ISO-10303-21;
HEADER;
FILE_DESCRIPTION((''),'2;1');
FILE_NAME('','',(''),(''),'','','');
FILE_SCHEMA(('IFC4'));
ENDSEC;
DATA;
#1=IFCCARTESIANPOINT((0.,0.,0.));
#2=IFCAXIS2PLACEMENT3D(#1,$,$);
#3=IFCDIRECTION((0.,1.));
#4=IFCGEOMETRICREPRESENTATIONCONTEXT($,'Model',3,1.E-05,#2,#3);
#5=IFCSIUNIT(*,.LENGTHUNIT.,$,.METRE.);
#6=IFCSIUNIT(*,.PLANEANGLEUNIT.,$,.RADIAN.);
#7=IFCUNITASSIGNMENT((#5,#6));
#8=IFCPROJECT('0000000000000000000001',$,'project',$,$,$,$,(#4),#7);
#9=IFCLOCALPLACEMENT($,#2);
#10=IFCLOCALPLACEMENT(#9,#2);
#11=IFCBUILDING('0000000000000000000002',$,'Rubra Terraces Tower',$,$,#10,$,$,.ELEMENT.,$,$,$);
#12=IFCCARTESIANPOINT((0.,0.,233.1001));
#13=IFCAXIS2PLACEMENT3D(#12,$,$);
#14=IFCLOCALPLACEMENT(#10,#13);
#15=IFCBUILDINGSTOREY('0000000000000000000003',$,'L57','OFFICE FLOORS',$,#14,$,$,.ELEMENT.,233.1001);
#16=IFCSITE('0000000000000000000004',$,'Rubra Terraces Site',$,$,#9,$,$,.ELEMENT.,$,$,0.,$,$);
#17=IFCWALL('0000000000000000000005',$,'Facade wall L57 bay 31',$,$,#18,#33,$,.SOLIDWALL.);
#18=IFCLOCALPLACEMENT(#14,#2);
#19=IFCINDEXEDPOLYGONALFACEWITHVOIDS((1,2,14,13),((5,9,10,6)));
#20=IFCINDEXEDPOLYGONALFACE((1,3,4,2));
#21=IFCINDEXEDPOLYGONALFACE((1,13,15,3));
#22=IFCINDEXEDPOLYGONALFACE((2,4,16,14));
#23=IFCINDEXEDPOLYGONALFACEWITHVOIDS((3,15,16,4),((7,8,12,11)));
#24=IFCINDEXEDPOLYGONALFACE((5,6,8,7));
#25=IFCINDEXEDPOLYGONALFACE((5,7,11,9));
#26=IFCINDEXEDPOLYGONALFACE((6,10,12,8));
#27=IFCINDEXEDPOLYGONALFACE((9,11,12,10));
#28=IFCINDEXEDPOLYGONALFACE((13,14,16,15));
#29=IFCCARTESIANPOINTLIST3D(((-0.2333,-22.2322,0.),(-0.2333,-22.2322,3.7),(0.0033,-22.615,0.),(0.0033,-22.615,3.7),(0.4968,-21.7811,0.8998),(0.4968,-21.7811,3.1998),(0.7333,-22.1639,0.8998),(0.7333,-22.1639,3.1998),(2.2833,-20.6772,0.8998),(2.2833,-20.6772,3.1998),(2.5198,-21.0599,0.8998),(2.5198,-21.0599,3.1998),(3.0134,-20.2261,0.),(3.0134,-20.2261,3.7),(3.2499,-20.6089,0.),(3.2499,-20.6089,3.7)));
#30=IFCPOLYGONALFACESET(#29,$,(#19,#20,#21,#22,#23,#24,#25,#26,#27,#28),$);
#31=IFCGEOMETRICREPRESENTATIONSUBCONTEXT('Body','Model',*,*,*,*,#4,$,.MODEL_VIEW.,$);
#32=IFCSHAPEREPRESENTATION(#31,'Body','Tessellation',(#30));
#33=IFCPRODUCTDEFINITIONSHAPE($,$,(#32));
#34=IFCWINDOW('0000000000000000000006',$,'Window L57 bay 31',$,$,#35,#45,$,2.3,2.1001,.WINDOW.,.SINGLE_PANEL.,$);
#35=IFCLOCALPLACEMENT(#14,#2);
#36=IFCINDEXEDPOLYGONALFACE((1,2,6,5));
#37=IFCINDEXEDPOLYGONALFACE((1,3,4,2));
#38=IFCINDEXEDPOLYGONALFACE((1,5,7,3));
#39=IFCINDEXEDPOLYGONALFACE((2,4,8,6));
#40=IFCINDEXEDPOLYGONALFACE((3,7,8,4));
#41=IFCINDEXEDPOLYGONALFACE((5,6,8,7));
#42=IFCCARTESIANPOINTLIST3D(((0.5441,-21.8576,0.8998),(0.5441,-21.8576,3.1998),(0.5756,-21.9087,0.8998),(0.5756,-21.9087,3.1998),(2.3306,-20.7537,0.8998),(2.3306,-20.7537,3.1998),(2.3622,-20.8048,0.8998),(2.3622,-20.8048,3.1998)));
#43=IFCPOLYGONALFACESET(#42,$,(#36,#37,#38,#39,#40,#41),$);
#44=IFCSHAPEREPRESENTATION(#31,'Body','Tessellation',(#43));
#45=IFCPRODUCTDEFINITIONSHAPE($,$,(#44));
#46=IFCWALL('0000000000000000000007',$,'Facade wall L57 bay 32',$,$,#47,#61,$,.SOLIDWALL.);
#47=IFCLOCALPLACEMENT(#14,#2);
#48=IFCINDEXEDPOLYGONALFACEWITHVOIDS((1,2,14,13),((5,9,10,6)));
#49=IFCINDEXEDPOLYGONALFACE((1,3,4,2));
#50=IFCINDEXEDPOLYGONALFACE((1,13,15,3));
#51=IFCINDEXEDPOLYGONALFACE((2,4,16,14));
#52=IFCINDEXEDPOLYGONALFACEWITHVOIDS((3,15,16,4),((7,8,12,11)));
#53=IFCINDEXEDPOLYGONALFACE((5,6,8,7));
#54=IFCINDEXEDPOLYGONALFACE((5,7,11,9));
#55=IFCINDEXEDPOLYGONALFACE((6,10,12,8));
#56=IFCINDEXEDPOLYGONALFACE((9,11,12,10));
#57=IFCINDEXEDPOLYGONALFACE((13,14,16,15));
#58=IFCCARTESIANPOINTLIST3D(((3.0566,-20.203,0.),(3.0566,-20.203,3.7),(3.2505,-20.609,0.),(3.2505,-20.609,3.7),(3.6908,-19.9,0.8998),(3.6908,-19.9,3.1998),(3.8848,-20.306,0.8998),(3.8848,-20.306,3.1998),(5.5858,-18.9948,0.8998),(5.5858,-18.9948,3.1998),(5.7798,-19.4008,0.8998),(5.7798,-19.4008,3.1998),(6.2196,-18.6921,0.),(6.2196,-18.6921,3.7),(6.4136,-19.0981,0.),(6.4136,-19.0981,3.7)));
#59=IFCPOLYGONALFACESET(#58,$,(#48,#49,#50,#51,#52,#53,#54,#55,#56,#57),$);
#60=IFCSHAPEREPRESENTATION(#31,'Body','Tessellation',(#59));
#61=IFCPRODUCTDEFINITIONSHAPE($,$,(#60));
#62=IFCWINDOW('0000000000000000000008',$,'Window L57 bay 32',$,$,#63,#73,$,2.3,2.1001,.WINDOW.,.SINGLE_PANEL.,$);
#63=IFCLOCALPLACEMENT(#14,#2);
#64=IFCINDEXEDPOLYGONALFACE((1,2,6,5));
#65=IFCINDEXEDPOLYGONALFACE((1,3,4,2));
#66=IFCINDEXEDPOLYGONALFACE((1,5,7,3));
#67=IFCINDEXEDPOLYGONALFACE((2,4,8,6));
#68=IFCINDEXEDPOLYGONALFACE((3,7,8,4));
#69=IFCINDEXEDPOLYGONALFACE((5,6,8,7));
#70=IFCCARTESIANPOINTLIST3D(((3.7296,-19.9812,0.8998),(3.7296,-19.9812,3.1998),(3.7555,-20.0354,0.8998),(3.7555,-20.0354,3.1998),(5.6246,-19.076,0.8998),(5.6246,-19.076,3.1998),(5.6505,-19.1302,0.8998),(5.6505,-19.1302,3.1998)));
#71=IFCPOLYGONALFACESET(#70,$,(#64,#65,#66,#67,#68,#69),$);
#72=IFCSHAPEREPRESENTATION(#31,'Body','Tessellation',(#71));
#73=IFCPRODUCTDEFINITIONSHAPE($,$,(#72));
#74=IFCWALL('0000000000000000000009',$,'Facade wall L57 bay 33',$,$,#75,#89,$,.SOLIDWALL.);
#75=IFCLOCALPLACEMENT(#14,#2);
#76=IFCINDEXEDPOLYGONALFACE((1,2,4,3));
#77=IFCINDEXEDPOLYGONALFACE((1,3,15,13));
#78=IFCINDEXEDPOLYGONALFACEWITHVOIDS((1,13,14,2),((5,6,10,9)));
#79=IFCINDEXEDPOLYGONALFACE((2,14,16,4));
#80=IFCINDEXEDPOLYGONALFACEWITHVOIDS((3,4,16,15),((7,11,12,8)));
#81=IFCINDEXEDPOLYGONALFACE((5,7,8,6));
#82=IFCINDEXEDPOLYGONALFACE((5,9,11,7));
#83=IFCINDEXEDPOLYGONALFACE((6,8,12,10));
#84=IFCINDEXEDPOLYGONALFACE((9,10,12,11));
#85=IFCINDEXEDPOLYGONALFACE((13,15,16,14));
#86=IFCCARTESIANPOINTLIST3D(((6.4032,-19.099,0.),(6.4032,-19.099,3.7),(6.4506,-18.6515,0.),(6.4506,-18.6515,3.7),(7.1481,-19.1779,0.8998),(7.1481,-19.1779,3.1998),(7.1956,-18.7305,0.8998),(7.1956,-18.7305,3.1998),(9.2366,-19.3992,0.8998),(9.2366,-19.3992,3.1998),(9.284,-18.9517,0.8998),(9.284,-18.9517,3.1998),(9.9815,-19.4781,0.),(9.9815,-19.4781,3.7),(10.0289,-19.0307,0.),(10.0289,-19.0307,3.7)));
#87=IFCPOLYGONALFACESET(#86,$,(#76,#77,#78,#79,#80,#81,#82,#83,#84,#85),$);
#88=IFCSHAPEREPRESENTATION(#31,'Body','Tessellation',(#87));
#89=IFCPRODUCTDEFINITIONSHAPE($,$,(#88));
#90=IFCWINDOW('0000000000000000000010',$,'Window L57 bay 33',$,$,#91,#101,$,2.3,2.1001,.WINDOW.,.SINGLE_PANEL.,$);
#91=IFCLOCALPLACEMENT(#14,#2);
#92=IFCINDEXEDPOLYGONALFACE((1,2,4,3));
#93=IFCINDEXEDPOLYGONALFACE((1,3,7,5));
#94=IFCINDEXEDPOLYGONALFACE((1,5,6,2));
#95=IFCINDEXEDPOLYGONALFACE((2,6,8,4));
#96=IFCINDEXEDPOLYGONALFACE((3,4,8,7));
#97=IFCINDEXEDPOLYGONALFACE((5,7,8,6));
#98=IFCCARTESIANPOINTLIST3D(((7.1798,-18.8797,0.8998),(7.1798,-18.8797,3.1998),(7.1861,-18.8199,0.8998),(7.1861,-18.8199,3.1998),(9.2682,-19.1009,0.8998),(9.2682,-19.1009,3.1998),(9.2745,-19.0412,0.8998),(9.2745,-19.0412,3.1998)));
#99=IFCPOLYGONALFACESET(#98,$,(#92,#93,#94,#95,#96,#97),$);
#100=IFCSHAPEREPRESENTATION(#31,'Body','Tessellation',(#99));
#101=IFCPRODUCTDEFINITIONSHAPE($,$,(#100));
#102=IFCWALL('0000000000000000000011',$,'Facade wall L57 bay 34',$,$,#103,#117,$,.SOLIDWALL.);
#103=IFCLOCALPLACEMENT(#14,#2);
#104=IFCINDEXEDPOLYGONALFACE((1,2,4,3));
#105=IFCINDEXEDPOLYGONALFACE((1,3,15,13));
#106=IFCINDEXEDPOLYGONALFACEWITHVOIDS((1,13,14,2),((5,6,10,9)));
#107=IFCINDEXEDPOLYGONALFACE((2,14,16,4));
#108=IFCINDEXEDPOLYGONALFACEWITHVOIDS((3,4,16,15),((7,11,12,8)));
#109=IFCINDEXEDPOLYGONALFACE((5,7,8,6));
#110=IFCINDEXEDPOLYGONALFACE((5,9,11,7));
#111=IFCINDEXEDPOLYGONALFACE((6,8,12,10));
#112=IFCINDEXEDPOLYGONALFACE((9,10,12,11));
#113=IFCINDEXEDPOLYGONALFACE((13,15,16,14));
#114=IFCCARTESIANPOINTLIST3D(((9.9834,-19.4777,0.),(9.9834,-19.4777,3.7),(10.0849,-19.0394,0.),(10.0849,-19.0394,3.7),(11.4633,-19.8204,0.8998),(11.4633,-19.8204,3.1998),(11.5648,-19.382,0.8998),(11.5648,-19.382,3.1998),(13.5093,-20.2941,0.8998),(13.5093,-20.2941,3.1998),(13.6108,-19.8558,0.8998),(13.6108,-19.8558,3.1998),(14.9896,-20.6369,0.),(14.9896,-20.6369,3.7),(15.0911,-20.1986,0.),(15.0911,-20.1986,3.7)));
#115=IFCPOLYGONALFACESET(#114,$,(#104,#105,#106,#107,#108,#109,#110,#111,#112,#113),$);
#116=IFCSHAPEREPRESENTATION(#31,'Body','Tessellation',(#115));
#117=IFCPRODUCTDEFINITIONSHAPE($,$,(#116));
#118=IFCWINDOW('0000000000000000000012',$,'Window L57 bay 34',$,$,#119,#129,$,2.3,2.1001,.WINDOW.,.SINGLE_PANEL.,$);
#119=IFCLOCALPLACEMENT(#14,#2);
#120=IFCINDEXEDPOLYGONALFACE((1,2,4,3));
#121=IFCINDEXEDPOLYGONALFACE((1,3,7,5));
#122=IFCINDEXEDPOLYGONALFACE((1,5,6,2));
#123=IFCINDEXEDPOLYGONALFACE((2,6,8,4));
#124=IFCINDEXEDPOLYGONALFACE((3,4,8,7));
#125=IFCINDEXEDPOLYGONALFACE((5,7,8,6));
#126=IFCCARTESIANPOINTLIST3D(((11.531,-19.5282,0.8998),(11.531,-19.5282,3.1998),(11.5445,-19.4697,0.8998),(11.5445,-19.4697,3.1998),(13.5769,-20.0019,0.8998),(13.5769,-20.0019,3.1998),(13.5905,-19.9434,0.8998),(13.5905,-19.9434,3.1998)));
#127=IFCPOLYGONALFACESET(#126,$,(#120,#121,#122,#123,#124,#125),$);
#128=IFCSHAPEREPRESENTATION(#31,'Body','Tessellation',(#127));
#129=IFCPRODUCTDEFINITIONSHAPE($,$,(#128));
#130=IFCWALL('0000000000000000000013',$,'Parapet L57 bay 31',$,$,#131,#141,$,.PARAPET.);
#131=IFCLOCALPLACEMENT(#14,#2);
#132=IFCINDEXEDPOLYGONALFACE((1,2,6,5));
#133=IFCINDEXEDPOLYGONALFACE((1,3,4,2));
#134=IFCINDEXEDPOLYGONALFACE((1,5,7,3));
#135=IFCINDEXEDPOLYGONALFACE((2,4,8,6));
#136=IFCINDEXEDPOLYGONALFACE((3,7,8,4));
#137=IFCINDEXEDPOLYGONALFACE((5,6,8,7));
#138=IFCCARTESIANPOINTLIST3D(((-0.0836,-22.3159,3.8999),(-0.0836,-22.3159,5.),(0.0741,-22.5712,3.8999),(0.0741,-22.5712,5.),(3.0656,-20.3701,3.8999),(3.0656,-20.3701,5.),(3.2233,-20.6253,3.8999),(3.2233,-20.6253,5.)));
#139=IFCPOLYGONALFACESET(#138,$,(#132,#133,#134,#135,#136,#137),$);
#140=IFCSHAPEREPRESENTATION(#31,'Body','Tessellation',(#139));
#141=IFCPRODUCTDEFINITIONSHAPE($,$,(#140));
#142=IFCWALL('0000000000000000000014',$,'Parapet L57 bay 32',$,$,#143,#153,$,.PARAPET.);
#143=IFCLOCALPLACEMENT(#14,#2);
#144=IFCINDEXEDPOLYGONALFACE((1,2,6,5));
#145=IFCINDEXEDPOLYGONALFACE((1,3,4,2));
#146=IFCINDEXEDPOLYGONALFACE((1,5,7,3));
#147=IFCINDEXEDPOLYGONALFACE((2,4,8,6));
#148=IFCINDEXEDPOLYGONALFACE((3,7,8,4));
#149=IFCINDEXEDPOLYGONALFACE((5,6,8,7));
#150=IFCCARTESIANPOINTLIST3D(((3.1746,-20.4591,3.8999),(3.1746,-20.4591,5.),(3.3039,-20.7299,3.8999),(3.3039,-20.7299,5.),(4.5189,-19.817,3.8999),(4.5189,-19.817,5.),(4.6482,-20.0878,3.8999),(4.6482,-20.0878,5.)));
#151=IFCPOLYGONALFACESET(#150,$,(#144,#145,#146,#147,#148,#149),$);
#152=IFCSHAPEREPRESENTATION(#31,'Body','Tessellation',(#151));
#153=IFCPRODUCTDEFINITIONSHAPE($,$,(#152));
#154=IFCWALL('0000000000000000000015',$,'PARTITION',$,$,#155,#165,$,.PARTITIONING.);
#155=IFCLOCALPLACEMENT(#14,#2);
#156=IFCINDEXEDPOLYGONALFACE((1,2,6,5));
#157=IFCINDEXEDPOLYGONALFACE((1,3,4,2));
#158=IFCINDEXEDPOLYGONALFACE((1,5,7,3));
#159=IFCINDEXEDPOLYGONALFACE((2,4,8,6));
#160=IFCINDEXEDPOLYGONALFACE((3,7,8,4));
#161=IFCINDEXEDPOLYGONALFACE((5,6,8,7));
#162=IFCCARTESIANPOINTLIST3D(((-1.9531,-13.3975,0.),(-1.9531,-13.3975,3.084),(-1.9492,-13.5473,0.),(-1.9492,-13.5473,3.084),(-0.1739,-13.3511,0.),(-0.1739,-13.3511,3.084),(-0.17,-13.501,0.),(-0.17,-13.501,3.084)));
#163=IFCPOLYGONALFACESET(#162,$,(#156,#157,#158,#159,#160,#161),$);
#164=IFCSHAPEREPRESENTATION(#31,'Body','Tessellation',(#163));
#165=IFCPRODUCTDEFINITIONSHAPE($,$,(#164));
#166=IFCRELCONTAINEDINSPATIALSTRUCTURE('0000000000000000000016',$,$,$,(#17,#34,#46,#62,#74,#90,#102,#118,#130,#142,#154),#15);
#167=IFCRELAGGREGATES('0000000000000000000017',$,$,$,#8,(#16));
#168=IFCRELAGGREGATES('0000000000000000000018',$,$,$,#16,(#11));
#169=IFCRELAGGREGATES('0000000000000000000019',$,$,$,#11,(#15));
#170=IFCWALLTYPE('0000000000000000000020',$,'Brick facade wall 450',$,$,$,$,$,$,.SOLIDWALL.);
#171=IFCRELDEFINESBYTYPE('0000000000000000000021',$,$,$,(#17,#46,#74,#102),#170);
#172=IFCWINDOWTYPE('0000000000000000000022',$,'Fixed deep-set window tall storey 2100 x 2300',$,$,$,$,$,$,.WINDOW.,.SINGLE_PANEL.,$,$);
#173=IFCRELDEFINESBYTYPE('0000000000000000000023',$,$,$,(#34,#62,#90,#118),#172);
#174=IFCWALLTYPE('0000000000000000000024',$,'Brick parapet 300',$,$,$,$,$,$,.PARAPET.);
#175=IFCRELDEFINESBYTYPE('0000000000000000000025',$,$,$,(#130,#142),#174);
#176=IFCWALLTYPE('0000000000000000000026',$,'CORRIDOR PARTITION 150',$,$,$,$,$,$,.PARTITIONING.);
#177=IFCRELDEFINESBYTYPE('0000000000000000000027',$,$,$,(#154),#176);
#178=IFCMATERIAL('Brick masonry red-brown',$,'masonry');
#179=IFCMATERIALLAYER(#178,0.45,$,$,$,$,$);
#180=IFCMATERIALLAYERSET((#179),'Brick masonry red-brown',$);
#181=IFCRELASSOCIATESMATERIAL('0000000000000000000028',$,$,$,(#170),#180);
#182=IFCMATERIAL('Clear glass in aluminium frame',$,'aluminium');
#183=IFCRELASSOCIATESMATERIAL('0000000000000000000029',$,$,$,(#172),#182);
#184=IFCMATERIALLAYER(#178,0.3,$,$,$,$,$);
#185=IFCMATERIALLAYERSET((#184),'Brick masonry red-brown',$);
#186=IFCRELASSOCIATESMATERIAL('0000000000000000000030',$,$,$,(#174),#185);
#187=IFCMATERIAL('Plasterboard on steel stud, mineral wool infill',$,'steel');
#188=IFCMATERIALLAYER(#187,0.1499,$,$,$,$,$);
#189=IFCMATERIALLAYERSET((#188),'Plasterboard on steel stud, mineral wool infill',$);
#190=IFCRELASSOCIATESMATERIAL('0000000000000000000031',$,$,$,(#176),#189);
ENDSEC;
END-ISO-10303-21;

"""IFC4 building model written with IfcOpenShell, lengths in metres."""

from ifc_helpers import new_model, si_unit, direction, frame, frame_2d, origin, place, context, subcontext, project, spatial, rectangle, extrude, material, layer, layer_set, type_object, element, fill, save


model = new_model("IFC4")

# Units and contexts
model_context = context("Model", 3, precision=1e-05, world=origin(), true_north=direction((0.0, 1.0)))
body_context = subcontext(model_context, "Body", "Model", "MODEL_VIEW")
ifc_project = project(units=[si_unit("LENGTHUNIT", "METRE"), si_unit("PLANEANGLEUNIT", "RADIAN")], contexts=[model_context])

# Site, building, storey
site_placement = place(None, origin())
site = spatial("IfcSite", under=ifc_project, at=site_placement, Name="Rubra Terraces Site", CompositionType="ELEMENT", RefElevation=0.0)
building_placement = place(site_placement, origin())
building = spatial("IfcBuilding", under=site, at=building_placement, Name="Rubra Terraces Tower", CompositionType="ELEMENT")
storey_placement = place(building_placement, frame((0.0, 0.0, 233.1001)))
storey = spatial("IfcBuildingStorey", under=building, at=storey_placement, Name="L57", Description="OFFICE FLOORS", CompositionType="ELEMENT", Elevation=233.1001)

# Walls, openings, windows
ifc_material_1 = material(Name="Brick masonry red-brown", Category="masonry")
ifc_layer_1 = layer(ifc_material_1, 0.45)
ifc_layer_set_1 = layer_set([ifc_layer_1], Name="Brick masonry red-brown")
wall_type_1 = type_object("IfcWallType", Name="Brick facade wall 450", PredefinedType="SOLIDWALL", material=ifc_layer_set_1)
wall_1_placement = place(storey_placement, frame((-0.115, -22.4236, 0.0), z_axis=(0.0, 0.0, 1.0), x_axis=(0.850697, 0.525656, 0.0)))
wall_1 = element("IfcWall", 1, at=wall_1_placement, inside=storey, type_object=wall_type_1, Name="Facade wall L57 bay 31", PredefinedType="SOLIDWALL", context=body_context, shape_type="SweptSolid", body=[
    extrude(rectangle(XDim=3.8164, YDim=0.45, at=frame_2d((1.9082, 0.0))), origin(), (0.0, 0.0, 1.0), 3.7),
])
opening_1_placement = place(wall_1_placement, frame((0.8582, 0.0, 0.8999)))
opening_1 = element("IfcOpeningElement", 2, at=opening_1_placement, cuts=wall_1, PredefinedType="OPENING", context=body_context, shape_type="SweptSolid", body=[
    extrude(rectangle(XDim=2.1001, YDim=2.3, at=frame_2d((1.05, 1.1499))), frame((0.0, 0.2349, 0.0), z_axis=(0.0, -1.0, 0.0), x_axis=(1.0, 0.0, 0.0)), (0.0, 0.0, 1.0), 0.47),
])
ifc_material_2 = material(Name="Clear glass in aluminium frame", Category="aluminium")
window_type = type_object("IfcWindowType", Name="Fixed deep-set window tall storey 2100 x 2300", PartitioningType="SINGLE_PANEL", PredefinedType="WINDOW", material=ifc_material_2)
window_1_placement = place(opening_1_placement, origin())
window_1 = element("IfcWindow", 3, at=window_1_placement, inside=storey, type_object=window_type, Name="Window L57 bay 31", OverallHeight=2.3, OverallWidth=2.1001, PartitioningType="SINGLE_PANEL", PredefinedType="WINDOW", context=body_context, shape_type="SweptSolid", body=[
    extrude(rectangle(XDim=2.1001, YDim=2.3, at=frame_2d((1.05, 1.1499))), frame((0.0, 0.135, 0.0), z_axis=(0.0, -1.0, 0.0), x_axis=(1.0, 0.0, 0.0)), (0.0, 0.0, 1.0), 0.0601),
])
fill(opening_1, window_1)
wall_2_placement = place(storey_placement, frame((3.1536, -20.406, 0.0), z_axis=(0.0, 0.0, 1.0), x_axis=(0.902333, 0.431039, 0.0)))
wall_2 = element("IfcWall", 4, at=wall_2_placement, inside=storey, type_object=wall_type_1, Name="Facade wall L57 bay 32", PredefinedType="SOLIDWALL", context=body_context, shape_type="SweptSolid", body=[
    extrude(rectangle(XDim=3.5054, YDim=0.45, at=frame_2d((1.7527, 0.0))), origin(), (0.0, 0.0, 1.0), 3.7),
])
opening_2_placement = place(wall_2_placement, frame((0.7029, 0.0, 0.8999)))
opening_2 = element("IfcOpeningElement", 5, at=opening_2_placement, cuts=wall_2, PredefinedType="OPENING", context=body_context, shape_type="SweptSolid", body=[
    extrude(rectangle(XDim=2.1001, YDim=2.3, at=frame_2d((1.05, 1.1499))), frame((0.0, 0.2349, 0.0), z_axis=(0.0, -1.0, 0.0), x_axis=(1.0, 0.0, 0.0)), (0.0, 0.0, 1.0), 0.47),
])
window_2_placement = place(opening_2_placement, origin())
window_2 = element("IfcWindow", 6, at=window_2_placement, inside=storey, type_object=window_type, Name="Window L57 bay 32", OverallHeight=2.3, OverallWidth=2.1001, PartitioningType="SINGLE_PANEL", PredefinedType="WINDOW", context=body_context, shape_type="SweptSolid", body=[
    extrude(rectangle(XDim=2.1001, YDim=2.3, at=frame_2d((1.05, 1.1499))), frame((0.0, 0.135, 0.0), z_axis=(0.0, -1.0, 0.0), x_axis=(1.0, 0.0, 0.0)), (0.0, 0.0, 1.0), 0.0601),
])
fill(opening_2, window_2)
wall_3_placement = place(storey_placement, frame((6.4268, -18.8752, 0.0), z_axis=(0.0, 0.0, 1.0), x_axis=(0.994433, -0.105366, 0.0)))
wall_3 = element("IfcWall", 7, at=wall_3_placement, inside=storey, type_object=wall_type_1, Name="Facade wall L57 bay 33", PredefinedType="SOLIDWALL", context=body_context, shape_type="SweptSolid", body=[
    extrude(rectangle(XDim=3.5984, YDim=0.45, at=frame_2d((1.7993, 0.0))), origin(), (0.0, 0.0, 1.0), 3.7),
])
opening_3_placement = place(wall_3_placement, frame((0.7493, 0.0, 0.8999)))
opening_3 = element("IfcOpeningElement", 8, at=opening_3_placement, cuts=wall_3, PredefinedType="OPENING", context=body_context, shape_type="SweptSolid", body=[
    extrude(rectangle(XDim=2.1001, YDim=2.3, at=frame_2d((1.05, 1.1499))), frame((0.0, 0.2349, 0.0), z_axis=(0.0, -1.0, 0.0), x_axis=(1.0, 0.0, 0.0)), (0.0, 0.0, 1.0), 0.47),
])
window_3_placement = place(opening_3_placement, origin())
window_3 = element("IfcWindow", 9, at=window_3_placement, inside=storey, type_object=window_type, Name="Window L57 bay 33", OverallHeight=2.3, OverallWidth=2.1001, PartitioningType="SINGLE_PANEL", PredefinedType="WINDOW", context=body_context, shape_type="SweptSolid", body=[
    extrude(rectangle(XDim=2.1001, YDim=2.3, at=frame_2d((1.05, 1.1499))), frame((0.0, 0.135, 0.0), z_axis=(0.0, -1.0, 0.0), x_axis=(1.0, 0.0, 0.0)), (0.0, 0.0, 1.0), 0.0601),
])
fill(opening_3, window_3)
wall_4_placement = place(storey_placement, frame((10.0342, -19.2585, 0.0), z_axis=(0.0, 0.0, 1.0), x_axis=(0.974224, -0.225585, 0.0)))
wall_4 = element("IfcWall", 10, at=wall_4_placement, inside=storey, type_object=wall_type_1, Name="Facade wall L57 bay 34", PredefinedType="SOLIDWALL", context=body_context, shape_type="SweptSolid", body=[
    extrude(rectangle(XDim=5.1387, YDim=0.45, at=frame_2d((2.5693, 0.0))), origin(), (0.0, 0.0, 1.0), 3.7),
])
opening_4_placement = place(wall_4_placement, frame((1.519, 0.0, 0.8999)))
opening_4 = element("IfcOpeningElement", 11, at=opening_4_placement, cuts=wall_4, PredefinedType="OPENING", context=body_context, shape_type="SweptSolid", body=[
    extrude(rectangle(XDim=2.1001, YDim=2.3, at=frame_2d((1.05, 1.1499))), frame((0.0, 0.2349, 0.0), z_axis=(0.0, -1.0, 0.0), x_axis=(1.0, 0.0, 0.0)), (0.0, 0.0, 1.0), 0.47),
])
window_4_placement = place(opening_4_placement, origin())
window_4 = element("IfcWindow", 12, at=window_4_placement, inside=storey, type_object=window_type, Name="Window L57 bay 34", OverallHeight=2.3, OverallWidth=2.1001, PartitioningType="SINGLE_PANEL", PredefinedType="WINDOW", context=body_context, shape_type="SweptSolid", body=[
    extrude(rectangle(XDim=2.1001, YDim=2.3, at=frame_2d((1.05, 1.1499))), frame((0.0, 0.135, 0.0), z_axis=(0.0, -1.0, 0.0), x_axis=(1.0, 0.0, 0.0)), (0.0, 0.0, 1.0), 0.0601),
])
fill(opening_4, window_4)

# Walls
ifc_layer_2 = layer(ifc_material_1, 0.3)
ifc_layer_set_2 = layer_set([ifc_layer_2], Name="Brick masonry red-brown")
wall_type_2 = type_object("IfcWallType", Name="Brick parapet 300", PredefinedType="PARAPET", material=ifc_layer_set_2)
wall_5_placement = place(storey_placement, frame((-0.0049, -22.4436, 3.8999), z_axis=(0.0, 0.0, 1.0), x_axis=(0.85071, 0.525635, 0.0)))
element("IfcWall", 13, at=wall_5_placement, inside=storey, type_object=wall_type_2, Name="Parapet L57 bay 31", PredefinedType="PARAPET", context=body_context, shape_type="SweptSolid", body=[
    extrude(rectangle(XDim=3.7019, YDim=0.3, at=frame_2d((1.8511, 0.0))), origin(), (0.0, 0.0, 1.0), 1.1001),
])
wall_6_placement = place(storey_placement, frame((3.2393, -20.5945, 3.8999), z_axis=(0.0, 0.0, 1.0), x_axis=(0.902345, 0.431015, 0.0)))
element("IfcWall", 14, at=wall_6_placement, inside=storey, type_object=wall_type_2, Name="Parapet L57 bay 32", PredefinedType="PARAPET", context=body_context, shape_type="SweptSolid", body=[
    extrude(rectangle(XDim=1.4897, YDim=0.3, at=frame_2d((0.7449, 0.0))), origin(), (0.0, 0.0, 1.0), 1.1001),
])
ifc_material_3 = material(Name="Plasterboard on steel stud, mineral wool infill", Category="steel")
ifc_layer_3 = layer(ifc_material_3, 0.1499)
ifc_layer_set_3 = layer_set([ifc_layer_3], Name="Plasterboard on steel stud, mineral wool infill")
wall_type_3 = type_object("IfcWallType", Name="CORRIDOR PARTITION 150", PredefinedType="PARTITIONING", material=ifc_layer_set_3)
wall_7_placement = place(storey_placement, frame((-1.9512, -13.4724, 0.0), z_axis=(0.0, 0.0, 1.0), x_axis=(0.99966, 0.026061, 0.0)))
element("IfcWall", 15, at=wall_7_placement, inside=storey, type_object=wall_type_3, Name="PARTITION", PredefinedType="PARTITIONING", context=body_context, shape_type="SweptSolid", body=[
    extrude(rectangle(XDim=1.7798, YDim=0.1499, at=frame_2d((0.8899, 0.0))), origin(), (0.0, 0.0, 1.0), 3.084),
])

save(model, "model.ifc")
